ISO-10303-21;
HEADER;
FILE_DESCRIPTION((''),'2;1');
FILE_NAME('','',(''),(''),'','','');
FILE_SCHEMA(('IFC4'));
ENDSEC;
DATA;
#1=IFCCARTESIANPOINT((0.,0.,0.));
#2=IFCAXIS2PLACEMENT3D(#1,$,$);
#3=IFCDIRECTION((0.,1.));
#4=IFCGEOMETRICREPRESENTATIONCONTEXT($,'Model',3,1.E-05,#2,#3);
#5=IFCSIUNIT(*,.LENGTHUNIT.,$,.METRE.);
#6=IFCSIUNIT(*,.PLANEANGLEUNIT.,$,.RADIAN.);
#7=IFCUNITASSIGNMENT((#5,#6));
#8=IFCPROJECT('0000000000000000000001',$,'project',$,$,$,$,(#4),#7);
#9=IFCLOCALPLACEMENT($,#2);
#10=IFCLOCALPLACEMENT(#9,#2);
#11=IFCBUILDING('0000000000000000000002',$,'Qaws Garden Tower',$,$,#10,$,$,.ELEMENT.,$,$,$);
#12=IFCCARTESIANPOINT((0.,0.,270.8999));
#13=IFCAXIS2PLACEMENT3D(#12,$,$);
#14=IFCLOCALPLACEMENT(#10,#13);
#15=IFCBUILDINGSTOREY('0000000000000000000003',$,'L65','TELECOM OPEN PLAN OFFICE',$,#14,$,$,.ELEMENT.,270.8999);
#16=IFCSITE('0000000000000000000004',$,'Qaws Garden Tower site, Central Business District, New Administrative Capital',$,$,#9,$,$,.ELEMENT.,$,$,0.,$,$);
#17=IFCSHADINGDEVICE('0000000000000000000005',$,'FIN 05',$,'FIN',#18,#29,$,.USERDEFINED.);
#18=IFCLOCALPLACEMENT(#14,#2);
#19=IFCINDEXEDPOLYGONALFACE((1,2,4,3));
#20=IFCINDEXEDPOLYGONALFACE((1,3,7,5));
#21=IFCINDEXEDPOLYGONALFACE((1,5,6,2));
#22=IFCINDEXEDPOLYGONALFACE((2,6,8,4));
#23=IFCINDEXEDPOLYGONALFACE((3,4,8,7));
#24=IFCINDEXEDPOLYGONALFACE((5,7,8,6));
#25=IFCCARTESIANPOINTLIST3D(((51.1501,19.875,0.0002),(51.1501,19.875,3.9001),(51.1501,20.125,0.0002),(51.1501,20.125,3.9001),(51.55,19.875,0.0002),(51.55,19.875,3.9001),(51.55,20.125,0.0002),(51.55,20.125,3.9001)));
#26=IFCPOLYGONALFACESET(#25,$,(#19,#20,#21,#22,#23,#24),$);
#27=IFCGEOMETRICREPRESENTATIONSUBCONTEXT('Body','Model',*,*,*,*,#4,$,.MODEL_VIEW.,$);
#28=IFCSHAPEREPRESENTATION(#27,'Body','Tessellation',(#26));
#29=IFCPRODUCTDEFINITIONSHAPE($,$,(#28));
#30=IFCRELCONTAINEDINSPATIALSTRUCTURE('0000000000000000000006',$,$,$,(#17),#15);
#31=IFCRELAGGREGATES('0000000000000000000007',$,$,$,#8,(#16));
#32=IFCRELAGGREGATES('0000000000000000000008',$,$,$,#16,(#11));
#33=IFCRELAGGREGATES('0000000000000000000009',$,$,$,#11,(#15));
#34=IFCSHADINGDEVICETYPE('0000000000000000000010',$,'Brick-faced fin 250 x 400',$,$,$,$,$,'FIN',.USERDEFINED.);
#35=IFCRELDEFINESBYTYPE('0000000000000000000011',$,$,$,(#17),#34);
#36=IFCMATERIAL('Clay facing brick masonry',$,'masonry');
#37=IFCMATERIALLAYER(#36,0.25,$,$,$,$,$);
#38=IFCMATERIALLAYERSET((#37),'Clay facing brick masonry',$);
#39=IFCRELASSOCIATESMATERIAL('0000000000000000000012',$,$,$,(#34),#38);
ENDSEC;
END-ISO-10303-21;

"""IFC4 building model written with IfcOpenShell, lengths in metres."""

from ifc_helpers import new_model, si_unit, direction, frame, origin, origin_2d, place, context, subcontext, project, spatial, rectangle, extrude, material, layer, layer_set, type_object, element, save


model = new_model("IFC4")

# Units and contexts
model_context = context("Model", 3, precision=1e-05, world=origin(), true_north=direction((0.0, 1.0)))
body_context = subcontext(model_context, "Body", "Model", "MODEL_VIEW")
ifc_project = project(units=[si_unit("LENGTHUNIT", "METRE"), si_unit("PLANEANGLEUNIT", "RADIAN")], contexts=[model_context])

# Site, building, storey
site_placement = place(None, origin())
site = spatial("IfcSite", under=ifc_project, at=site_placement, Name="Qaws Garden Tower site, Central Business District, New Administrative Capital", CompositionType="ELEMENT", RefElevation=0.0)
building_placement = place(site_placement, origin())
building = spatial("IfcBuilding", under=site, at=building_placement, Name="Qaws Garden Tower", CompositionType="ELEMENT")
storey_placement = place(building_placement, frame((0.0, 0.0, 270.8999)))
storey = spatial("IfcBuildingStorey", under=building, at=storey_placement, Name="L65", Description="TELECOM OPEN PLAN OFFICE", CompositionType="ELEMENT", Elevation=270.8999)

# Shading device
ifc_material_1 = material(Name="Clay facing brick masonry", Category="masonry")
ifc_layer_1 = layer(ifc_material_1, 0.25)
ifc_layer_set_1 = layer_set([ifc_layer_1], Name="Clay facing brick masonry")
shading_device_type = type_object("IfcShadingDeviceType", Name="Brick-faced fin 250 x 400", ElementType="FIN", PredefinedType="USERDEFINED", material=ifc_layer_set_1)
shading_device_placement = place(storey_placement, frame((51.3501, 20.0, 0.0002), z_axis=(0.0, 0.0, 1.0), x_axis=(0.0, 1.0, 0.0)))
element("IfcShadingDevice", 1, at=shading_device_placement, inside=storey, type_object=shading_device_type, Name="FIN 05", ObjectType="FIN", PredefinedType="USERDEFINED", context=body_context, shape_type="SweptSolid", body=[
    extrude(rectangle(XDim=0.25, YDim=0.3999, at=origin_2d()), origin(), (0.0, 0.0, 1.0), 3.8999),
])

save(model, "model.ifc")
